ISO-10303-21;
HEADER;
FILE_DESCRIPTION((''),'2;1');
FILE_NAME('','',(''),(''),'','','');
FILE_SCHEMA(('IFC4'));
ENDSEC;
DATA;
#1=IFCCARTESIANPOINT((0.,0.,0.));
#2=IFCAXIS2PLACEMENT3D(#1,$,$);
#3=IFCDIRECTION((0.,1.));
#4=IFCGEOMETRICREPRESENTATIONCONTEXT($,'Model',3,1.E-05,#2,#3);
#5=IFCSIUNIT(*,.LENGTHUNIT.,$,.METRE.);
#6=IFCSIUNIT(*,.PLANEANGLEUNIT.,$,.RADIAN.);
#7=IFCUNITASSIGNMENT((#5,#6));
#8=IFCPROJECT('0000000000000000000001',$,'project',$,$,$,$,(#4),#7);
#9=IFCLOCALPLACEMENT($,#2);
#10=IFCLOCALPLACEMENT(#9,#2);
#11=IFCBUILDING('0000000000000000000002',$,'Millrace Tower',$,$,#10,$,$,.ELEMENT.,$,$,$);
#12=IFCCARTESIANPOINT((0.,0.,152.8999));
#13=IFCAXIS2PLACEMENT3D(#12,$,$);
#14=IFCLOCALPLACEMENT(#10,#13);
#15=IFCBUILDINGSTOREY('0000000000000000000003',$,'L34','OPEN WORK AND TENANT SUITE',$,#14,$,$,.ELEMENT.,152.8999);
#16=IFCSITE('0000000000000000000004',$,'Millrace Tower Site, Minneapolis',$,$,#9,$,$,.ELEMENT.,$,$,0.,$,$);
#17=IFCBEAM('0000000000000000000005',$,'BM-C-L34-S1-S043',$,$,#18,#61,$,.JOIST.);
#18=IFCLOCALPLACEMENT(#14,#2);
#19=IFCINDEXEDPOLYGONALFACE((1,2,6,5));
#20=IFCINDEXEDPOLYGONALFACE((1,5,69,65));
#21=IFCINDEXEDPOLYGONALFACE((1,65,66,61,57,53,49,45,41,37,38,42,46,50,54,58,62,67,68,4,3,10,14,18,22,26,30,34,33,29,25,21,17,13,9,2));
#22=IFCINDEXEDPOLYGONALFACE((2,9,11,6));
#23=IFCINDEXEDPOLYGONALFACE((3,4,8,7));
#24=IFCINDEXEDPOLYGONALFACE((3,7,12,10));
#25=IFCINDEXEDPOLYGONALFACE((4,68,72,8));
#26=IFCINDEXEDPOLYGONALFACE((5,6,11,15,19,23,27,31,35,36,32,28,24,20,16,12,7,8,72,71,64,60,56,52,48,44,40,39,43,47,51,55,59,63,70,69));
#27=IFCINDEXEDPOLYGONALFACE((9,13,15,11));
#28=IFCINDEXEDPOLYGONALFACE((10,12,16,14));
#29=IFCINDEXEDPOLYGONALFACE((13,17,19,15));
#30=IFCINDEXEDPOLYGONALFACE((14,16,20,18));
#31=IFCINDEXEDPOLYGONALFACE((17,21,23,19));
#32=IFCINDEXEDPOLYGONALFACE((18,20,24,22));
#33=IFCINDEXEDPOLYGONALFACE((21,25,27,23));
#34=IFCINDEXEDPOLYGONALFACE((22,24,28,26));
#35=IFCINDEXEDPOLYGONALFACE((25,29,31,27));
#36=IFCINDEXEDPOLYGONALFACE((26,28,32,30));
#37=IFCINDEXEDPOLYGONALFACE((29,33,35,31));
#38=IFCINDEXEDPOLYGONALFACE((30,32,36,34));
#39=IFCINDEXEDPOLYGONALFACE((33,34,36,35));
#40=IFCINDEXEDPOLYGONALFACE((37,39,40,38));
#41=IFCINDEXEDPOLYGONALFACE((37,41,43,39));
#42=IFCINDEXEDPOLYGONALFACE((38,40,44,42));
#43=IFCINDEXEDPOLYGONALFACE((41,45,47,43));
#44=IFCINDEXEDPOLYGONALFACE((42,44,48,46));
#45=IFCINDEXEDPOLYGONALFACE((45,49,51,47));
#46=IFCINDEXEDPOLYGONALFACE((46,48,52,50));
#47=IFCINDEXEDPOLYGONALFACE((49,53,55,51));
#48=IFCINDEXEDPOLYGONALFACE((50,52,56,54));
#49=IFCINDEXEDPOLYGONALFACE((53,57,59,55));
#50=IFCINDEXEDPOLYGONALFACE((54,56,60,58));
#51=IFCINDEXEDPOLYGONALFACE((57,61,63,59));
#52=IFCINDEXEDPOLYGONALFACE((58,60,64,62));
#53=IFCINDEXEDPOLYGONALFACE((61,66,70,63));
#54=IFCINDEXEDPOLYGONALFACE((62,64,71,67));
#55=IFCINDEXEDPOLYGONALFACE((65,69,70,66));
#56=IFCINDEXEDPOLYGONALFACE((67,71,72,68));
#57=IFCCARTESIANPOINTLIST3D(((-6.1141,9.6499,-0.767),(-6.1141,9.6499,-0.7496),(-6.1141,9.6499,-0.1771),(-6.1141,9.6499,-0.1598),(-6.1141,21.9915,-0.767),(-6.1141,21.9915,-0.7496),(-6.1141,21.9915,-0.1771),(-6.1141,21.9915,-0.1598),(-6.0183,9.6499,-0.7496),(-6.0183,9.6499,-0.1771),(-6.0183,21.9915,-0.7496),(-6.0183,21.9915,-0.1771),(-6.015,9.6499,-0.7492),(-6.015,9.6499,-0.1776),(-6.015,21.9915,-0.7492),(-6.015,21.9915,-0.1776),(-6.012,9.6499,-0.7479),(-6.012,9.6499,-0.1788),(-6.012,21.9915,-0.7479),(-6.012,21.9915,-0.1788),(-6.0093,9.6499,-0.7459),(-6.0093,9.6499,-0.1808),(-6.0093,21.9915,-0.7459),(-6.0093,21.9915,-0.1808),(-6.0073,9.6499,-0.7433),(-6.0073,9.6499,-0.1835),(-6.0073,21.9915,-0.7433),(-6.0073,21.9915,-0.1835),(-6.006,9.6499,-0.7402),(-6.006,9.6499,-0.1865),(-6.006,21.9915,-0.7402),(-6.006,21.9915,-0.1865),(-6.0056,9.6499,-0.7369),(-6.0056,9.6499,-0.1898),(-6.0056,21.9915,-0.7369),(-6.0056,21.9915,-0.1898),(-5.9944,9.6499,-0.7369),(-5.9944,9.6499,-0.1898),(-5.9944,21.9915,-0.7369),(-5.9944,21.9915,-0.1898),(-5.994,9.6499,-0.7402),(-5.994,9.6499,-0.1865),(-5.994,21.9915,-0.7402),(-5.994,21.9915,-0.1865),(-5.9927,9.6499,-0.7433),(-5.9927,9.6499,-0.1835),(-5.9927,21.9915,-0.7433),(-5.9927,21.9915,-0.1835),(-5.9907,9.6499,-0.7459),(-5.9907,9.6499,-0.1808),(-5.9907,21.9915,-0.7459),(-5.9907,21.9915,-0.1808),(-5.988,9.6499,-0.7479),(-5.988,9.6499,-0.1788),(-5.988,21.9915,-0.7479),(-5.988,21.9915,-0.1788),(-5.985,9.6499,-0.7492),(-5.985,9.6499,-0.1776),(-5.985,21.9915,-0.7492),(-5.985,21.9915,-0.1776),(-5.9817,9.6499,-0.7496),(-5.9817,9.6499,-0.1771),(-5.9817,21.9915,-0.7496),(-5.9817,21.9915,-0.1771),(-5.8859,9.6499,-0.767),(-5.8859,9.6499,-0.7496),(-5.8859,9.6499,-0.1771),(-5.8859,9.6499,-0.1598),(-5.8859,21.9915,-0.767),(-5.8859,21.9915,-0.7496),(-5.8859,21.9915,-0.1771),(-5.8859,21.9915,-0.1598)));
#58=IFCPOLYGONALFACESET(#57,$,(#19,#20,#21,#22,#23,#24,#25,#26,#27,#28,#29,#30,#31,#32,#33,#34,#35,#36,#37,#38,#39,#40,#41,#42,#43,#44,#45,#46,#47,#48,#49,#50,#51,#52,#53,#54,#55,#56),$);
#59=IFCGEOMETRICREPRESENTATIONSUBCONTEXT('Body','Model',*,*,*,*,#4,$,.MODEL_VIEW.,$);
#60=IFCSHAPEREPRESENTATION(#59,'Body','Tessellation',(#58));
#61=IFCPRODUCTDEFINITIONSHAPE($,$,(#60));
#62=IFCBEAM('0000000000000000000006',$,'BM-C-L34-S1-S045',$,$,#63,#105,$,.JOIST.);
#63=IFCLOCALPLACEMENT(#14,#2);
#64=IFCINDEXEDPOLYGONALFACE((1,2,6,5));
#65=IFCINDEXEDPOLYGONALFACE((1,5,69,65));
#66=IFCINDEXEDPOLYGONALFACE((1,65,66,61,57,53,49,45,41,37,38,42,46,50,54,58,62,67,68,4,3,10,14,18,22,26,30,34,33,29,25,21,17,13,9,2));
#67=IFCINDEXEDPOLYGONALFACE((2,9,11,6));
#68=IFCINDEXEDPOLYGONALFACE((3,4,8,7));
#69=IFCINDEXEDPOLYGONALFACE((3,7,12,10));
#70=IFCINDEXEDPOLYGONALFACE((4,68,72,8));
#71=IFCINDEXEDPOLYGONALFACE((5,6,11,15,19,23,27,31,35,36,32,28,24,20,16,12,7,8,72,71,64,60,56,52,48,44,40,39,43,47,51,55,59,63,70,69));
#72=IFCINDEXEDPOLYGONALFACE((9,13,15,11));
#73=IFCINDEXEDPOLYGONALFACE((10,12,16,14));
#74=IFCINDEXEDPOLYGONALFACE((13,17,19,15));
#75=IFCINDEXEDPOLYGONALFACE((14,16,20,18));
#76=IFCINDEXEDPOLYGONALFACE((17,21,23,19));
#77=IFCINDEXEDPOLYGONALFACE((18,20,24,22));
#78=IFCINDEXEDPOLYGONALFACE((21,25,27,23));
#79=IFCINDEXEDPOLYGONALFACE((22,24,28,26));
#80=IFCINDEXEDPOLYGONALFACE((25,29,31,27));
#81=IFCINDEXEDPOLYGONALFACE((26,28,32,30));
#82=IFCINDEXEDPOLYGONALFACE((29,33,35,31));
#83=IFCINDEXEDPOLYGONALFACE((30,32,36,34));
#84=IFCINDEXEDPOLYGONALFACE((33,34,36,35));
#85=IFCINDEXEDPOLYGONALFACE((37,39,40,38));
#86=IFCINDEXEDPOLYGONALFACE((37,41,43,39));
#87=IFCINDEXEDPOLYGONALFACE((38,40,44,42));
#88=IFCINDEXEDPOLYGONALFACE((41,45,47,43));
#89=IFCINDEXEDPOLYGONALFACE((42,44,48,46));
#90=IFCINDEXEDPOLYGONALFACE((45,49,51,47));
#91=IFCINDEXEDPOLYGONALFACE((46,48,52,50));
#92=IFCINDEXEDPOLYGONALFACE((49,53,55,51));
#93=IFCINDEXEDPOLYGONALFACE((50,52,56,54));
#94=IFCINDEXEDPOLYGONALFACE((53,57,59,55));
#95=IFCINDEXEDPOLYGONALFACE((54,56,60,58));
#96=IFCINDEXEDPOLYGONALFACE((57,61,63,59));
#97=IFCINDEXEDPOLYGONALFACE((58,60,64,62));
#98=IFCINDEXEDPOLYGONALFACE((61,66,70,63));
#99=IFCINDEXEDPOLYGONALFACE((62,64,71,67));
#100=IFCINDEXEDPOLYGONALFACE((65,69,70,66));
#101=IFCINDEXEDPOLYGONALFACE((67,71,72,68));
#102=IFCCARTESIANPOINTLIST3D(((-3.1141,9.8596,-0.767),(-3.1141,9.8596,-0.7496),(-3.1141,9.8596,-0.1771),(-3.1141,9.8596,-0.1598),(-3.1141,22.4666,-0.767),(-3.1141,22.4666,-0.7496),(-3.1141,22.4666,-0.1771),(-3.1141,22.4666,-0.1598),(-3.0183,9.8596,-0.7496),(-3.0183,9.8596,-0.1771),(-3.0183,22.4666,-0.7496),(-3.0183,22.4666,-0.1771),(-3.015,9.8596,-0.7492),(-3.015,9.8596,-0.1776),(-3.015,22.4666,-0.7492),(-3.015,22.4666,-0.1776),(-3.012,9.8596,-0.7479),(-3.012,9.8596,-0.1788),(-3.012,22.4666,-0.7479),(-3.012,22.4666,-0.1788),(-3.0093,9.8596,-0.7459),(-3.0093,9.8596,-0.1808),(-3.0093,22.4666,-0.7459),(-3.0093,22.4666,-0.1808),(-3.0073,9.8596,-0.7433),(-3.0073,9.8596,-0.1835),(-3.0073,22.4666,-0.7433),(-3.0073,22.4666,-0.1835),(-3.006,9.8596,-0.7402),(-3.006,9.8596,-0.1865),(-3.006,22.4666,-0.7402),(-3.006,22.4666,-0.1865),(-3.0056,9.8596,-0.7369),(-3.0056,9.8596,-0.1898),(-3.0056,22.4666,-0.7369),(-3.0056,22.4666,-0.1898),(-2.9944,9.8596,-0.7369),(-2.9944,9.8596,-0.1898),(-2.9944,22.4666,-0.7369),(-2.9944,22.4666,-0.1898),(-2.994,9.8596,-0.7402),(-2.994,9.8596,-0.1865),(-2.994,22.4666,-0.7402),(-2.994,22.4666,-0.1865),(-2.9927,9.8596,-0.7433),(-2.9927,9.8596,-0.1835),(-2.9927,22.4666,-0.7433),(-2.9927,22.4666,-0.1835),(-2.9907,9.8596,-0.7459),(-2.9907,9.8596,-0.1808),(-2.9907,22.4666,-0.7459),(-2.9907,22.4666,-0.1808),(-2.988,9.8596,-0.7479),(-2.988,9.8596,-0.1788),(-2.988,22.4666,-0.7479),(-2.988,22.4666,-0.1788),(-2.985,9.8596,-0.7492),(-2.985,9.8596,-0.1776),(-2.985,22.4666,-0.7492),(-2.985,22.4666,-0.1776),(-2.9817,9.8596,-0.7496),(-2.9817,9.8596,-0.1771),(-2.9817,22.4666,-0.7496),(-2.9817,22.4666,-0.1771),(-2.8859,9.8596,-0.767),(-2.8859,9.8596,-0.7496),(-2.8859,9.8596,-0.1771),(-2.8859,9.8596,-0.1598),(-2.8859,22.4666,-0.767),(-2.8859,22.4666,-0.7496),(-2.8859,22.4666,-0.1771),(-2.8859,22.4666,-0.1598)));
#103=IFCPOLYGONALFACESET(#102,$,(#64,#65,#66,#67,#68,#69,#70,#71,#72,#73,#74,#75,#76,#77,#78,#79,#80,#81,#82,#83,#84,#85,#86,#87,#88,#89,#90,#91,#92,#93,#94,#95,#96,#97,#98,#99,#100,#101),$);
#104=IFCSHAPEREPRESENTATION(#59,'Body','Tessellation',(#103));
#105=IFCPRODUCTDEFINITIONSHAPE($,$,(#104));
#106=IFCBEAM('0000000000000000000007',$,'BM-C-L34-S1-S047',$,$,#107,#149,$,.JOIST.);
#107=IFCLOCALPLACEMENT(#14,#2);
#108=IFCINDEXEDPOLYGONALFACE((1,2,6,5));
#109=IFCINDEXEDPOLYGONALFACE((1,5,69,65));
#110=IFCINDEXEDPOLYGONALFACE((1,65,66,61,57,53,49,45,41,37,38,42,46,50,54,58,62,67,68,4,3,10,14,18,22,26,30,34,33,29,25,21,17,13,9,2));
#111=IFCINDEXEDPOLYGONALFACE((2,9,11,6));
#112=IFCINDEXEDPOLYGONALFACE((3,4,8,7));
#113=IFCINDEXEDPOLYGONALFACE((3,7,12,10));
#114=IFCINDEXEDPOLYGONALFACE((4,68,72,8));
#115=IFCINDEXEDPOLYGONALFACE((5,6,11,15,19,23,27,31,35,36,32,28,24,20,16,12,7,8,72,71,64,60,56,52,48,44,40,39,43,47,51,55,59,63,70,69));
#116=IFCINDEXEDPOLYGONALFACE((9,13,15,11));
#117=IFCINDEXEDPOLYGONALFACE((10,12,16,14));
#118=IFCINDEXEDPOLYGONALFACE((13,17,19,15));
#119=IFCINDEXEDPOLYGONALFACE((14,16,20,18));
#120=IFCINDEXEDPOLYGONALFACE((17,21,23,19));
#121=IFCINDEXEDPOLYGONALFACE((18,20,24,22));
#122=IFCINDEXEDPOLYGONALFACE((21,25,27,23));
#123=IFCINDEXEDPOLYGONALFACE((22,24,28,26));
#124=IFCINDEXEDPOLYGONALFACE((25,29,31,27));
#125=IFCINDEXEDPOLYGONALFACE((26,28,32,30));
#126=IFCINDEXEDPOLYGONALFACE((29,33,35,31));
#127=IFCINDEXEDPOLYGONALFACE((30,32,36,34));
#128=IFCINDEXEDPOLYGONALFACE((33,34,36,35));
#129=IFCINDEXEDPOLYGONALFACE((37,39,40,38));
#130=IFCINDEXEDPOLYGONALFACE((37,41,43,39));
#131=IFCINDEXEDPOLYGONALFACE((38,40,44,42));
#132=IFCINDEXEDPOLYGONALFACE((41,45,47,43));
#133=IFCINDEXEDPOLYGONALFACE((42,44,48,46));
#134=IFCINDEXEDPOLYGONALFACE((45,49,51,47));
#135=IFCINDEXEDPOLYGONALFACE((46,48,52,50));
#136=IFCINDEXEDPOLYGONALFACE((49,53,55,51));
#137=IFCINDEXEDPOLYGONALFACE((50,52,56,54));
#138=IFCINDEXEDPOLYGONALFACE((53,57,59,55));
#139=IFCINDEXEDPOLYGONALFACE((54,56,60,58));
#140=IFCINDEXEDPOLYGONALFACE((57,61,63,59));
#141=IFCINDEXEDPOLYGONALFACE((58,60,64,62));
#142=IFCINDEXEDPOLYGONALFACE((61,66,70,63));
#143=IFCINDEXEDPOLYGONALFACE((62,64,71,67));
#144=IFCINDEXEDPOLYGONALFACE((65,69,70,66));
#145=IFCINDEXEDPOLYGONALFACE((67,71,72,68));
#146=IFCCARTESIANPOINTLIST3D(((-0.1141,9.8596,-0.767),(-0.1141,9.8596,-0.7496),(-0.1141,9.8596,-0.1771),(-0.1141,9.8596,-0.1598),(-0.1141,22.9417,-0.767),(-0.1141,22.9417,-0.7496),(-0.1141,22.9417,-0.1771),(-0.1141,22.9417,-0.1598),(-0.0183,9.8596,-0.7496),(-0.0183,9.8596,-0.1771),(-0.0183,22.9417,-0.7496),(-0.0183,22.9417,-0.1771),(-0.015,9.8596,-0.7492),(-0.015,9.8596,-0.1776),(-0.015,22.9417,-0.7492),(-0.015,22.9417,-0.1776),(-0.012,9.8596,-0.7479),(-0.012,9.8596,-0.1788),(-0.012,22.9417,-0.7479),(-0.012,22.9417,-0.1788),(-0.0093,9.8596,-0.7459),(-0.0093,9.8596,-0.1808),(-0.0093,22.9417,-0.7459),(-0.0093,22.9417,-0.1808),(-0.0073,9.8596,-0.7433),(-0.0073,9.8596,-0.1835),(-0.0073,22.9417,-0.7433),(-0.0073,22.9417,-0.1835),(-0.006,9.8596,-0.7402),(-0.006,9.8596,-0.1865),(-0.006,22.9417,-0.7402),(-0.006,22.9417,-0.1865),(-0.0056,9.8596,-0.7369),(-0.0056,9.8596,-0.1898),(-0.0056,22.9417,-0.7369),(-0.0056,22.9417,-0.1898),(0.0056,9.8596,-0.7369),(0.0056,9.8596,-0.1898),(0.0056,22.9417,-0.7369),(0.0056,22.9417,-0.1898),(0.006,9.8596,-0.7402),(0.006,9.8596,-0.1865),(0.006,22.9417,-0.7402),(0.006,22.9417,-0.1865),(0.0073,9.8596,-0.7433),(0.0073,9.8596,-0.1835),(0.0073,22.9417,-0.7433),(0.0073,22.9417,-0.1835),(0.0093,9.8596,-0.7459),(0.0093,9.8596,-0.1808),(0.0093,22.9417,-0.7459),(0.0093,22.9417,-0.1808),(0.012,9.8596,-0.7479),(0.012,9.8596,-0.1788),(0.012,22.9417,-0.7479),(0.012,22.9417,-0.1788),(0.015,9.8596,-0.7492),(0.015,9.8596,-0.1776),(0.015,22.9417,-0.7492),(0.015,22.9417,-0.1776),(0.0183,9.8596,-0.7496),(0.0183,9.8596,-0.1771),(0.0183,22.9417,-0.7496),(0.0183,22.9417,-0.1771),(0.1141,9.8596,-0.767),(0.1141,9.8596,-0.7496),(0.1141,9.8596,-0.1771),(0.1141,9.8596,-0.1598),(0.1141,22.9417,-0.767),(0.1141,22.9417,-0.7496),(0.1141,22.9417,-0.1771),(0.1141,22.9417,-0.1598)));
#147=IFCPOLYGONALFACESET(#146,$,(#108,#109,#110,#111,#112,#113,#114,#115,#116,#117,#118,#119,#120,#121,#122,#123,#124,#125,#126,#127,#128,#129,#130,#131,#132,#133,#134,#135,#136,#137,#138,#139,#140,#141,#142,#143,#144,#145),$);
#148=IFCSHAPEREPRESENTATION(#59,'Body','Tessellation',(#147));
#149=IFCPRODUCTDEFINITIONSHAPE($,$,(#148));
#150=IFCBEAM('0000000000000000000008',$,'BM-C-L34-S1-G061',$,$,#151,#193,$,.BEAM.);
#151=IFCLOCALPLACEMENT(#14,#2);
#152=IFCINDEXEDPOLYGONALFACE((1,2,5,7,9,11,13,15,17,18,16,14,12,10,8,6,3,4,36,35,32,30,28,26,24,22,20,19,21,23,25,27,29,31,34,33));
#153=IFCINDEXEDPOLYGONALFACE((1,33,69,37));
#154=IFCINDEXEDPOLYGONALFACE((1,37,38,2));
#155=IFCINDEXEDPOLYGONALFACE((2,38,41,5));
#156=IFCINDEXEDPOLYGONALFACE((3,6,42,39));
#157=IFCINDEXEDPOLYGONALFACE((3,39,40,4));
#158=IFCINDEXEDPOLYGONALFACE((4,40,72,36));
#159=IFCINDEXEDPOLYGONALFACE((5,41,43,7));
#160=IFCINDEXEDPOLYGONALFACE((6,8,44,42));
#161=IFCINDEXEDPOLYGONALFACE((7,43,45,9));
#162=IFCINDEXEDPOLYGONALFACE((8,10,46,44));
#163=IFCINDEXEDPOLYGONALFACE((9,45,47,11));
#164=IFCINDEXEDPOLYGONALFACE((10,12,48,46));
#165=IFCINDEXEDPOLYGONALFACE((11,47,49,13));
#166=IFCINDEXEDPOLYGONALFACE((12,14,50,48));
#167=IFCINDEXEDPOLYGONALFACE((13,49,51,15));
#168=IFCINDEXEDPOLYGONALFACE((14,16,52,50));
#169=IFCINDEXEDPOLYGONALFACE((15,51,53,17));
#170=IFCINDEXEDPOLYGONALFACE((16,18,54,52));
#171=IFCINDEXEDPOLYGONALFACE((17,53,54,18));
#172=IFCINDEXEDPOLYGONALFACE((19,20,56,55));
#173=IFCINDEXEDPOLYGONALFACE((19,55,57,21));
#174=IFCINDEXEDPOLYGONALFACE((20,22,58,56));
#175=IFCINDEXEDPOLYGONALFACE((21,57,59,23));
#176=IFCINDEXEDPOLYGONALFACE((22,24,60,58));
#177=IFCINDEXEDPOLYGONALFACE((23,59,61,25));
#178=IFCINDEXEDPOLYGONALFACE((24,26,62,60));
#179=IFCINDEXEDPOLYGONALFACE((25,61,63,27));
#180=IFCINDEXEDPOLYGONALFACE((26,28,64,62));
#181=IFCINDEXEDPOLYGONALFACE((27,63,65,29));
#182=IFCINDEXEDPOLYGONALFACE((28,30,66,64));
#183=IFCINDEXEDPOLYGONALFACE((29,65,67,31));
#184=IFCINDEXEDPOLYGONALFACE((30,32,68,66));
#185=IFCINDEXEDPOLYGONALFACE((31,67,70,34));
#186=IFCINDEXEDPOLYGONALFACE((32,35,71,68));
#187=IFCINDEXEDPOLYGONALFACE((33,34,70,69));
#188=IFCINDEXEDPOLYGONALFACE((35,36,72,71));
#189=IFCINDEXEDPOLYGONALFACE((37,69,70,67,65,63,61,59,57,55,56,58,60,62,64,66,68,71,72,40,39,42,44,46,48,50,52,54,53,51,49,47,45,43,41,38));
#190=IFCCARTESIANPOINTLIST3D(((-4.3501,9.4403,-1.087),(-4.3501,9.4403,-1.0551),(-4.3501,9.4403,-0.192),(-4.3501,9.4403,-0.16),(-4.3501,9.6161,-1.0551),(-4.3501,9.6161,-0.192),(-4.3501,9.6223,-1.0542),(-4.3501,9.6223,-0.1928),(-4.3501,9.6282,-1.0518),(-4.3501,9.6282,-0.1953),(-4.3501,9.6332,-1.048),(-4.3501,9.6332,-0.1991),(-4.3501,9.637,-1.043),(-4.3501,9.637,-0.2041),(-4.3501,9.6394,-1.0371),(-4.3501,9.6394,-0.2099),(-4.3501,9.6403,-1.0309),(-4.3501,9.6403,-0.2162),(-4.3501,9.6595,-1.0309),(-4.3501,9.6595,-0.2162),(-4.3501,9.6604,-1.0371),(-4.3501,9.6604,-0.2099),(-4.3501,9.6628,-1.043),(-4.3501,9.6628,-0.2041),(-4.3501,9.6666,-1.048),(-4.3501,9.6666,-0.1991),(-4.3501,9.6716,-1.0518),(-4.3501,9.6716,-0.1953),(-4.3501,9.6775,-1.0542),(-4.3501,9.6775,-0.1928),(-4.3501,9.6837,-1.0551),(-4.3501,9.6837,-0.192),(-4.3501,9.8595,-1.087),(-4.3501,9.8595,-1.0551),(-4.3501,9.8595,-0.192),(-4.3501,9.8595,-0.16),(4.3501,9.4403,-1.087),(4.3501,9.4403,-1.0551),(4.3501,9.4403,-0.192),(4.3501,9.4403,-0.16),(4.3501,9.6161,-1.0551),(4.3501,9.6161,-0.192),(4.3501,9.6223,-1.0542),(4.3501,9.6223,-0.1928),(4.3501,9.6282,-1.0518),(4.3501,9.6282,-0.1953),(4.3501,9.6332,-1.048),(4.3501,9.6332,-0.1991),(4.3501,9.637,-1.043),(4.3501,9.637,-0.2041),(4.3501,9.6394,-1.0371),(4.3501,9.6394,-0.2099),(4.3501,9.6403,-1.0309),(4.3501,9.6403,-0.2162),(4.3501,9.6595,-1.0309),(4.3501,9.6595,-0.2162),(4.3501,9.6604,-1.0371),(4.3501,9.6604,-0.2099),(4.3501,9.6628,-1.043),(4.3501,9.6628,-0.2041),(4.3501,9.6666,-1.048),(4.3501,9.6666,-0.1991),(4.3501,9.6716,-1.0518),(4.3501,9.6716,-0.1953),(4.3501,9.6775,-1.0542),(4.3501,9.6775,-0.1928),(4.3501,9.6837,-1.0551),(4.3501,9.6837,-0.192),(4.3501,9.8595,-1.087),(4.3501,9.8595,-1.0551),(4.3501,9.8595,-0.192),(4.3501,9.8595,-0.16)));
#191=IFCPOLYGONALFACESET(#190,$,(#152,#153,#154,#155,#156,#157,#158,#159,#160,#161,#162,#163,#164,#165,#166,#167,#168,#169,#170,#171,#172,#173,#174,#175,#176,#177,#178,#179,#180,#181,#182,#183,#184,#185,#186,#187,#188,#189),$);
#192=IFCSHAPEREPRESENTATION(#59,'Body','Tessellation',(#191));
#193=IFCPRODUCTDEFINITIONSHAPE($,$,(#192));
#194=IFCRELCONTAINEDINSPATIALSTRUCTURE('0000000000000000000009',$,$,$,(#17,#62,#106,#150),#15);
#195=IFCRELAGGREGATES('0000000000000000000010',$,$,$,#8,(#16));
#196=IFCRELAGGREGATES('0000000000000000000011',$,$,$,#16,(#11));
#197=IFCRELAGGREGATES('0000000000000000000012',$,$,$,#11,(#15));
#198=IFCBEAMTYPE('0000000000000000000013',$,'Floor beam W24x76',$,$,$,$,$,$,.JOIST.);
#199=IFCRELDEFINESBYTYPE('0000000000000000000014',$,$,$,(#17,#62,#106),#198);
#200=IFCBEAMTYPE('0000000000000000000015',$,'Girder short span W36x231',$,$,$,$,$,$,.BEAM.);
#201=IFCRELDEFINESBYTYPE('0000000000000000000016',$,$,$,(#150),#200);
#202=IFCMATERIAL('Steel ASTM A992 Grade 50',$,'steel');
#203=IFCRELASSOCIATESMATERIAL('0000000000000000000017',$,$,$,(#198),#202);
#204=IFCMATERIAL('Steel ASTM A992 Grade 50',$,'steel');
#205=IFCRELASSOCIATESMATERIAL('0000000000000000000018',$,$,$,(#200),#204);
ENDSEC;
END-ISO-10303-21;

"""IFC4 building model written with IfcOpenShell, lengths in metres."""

from ifc_helpers import new_model, si_unit, direction, frame, origin, origin_2d, place, context, subcontext, project, spatial, i_section, extrude, material, material_profile, profile_set, type_object, element, save


model = new_model("IFC4")

# Units and contexts
model_context = context("Model", 3, precision=1e-05, world=origin(), true_north=direction((0.0, 1.0)))
body_context = subcontext(model_context, "Body", "Model", "MODEL_VIEW")
ifc_project = project(units=[si_unit("LENGTHUNIT", "METRE"), si_unit("PLANEANGLEUNIT", "RADIAN")], contexts=[model_context])

# Site, building, storey
site_placement = place(None, origin())
site = spatial("IfcSite", under=ifc_project, at=site_placement, Name="Millrace Tower Site, Minneapolis", CompositionType="ELEMENT", RefElevation=0.0)
building_placement = place(site_placement, origin())
building = spatial("IfcBuilding", under=site, at=building_placement, Name="Millrace Tower", CompositionType="ELEMENT")
storey_placement = place(building_placement, frame((0.0, 0.0, 152.8999)))
storey = spatial("IfcBuildingStorey", under=building, at=storey_placement, Name="L34", Description="OPEN WORK AND TENANT SUITE", CompositionType="ELEMENT", Elevation=152.8999)

# Beams
ifc_material_1 = material(Name="Steel ASTM A992 Grade 50", Category="steel")
ifc_material_profile_1 = material_profile(ifc_material_1, i_section(OverallWidth=0.2283, OverallDepth=0.6072, WebThickness=0.0112, FlangeThickness=0.0173, FilletRadius=0.0127, at=origin_2d()))
ifc_profile_set_1 = profile_set([ifc_material_profile_1], Name="Steel ASTM A992 Grade 50")
beam_type_1 = type_object("IfcBeamType", Name="Floor beam W24x76", PredefinedType="JOIST", material=ifc_profile_set_1)
beam_1_placement = place(storey_placement, frame((-6.0, 9.6499, -0.4634), z_axis=(0.0, 1.0, 0.0), x_axis=(-1.0, 0.0, 0.0)))
element("IfcBeam", 1, at=beam_1_placement, inside=storey, type_object=beam_type_1, Name="BM-C-L34-S1-S043", PredefinedType="JOIST", context=body_context, shape_type="SweptSolid", body=[
    extrude(i_section(OverallWidth=0.2283, OverallDepth=0.6072, WebThickness=0.0112, FlangeThickness=0.0173, FilletRadius=0.0127, at=origin_2d()), origin(), (0.0, 0.0, 1.0), 12.3416),
])
beam_2_placement = place(storey_placement, frame((-3.0, 9.8596, -0.4634), z_axis=(0.0, 1.0, 0.0), x_axis=(-1.0, 0.0, 0.0)))
element("IfcBeam", 2, at=beam_2_placement, inside=storey, type_object=beam_type_1, Name="BM-C-L34-S1-S045", PredefinedType="JOIST", context=body_context, shape_type="SweptSolid", body=[
    extrude(i_section(OverallWidth=0.2283, OverallDepth=0.6072, WebThickness=0.0112, FlangeThickness=0.0173, FilletRadius=0.0127, at=origin_2d()), origin(), (0.0, 0.0, 1.0), 12.6069),
])
beam_3_placement = place(storey_placement, frame((0.0, 9.8596, -0.4634), z_axis=(0.0, 1.0, 0.0), x_axis=(-1.0, 0.0, 0.0)))
element("IfcBeam", 3, at=beam_3_placement, inside=storey, type_object=beam_type_1, Name="BM-C-L34-S1-S047", PredefinedType="JOIST", context=body_context, shape_type="SweptSolid", body=[
    extrude(i_section(OverallWidth=0.2283, OverallDepth=0.6072, WebThickness=0.0112, FlangeThickness=0.0173, FilletRadius=0.0127, at=origin_2d()), origin(), (0.0, 0.0, 1.0), 13.082),
])
ifc_material_2 = material(Name="Steel ASTM A992 Grade 50", Category="steel")
ifc_material_profile_2 = material_profile(ifc_material_2, i_section(OverallWidth=0.4192, OverallDepth=0.927, WebThickness=0.0193, FlangeThickness=0.032, FilletRadius=0.0242, at=origin_2d()))
ifc_profile_set_2 = profile_set([ifc_material_profile_2], Name="Steel ASTM A992 Grade 50")
beam_type_2 = type_object("IfcBeamType", Name="Girder short span W36x231", PredefinedType="BEAM", material=ifc_profile_set_2)
beam_4_placement = place(storey_placement, frame((-4.3501, 9.6499, -0.6235), z_axis=(1.0, 0.0, 0.0), x_axis=(0.0, 1.0, 0.0)))
element("IfcBeam", 4, at=beam_4_placement, inside=storey, type_object=beam_type_2, Name="BM-C-L34-S1-G061", PredefinedType="BEAM", context=body_context, shape_type="SweptSolid", body=[
    extrude(i_section(OverallWidth=0.4192, OverallDepth=0.927, WebThickness=0.0193, FlangeThickness=0.032, FilletRadius=0.0242, at=origin_2d()), origin(), (0.0, 0.0, 1.0), 8.7002),
])

save(model, "model.ifc")
